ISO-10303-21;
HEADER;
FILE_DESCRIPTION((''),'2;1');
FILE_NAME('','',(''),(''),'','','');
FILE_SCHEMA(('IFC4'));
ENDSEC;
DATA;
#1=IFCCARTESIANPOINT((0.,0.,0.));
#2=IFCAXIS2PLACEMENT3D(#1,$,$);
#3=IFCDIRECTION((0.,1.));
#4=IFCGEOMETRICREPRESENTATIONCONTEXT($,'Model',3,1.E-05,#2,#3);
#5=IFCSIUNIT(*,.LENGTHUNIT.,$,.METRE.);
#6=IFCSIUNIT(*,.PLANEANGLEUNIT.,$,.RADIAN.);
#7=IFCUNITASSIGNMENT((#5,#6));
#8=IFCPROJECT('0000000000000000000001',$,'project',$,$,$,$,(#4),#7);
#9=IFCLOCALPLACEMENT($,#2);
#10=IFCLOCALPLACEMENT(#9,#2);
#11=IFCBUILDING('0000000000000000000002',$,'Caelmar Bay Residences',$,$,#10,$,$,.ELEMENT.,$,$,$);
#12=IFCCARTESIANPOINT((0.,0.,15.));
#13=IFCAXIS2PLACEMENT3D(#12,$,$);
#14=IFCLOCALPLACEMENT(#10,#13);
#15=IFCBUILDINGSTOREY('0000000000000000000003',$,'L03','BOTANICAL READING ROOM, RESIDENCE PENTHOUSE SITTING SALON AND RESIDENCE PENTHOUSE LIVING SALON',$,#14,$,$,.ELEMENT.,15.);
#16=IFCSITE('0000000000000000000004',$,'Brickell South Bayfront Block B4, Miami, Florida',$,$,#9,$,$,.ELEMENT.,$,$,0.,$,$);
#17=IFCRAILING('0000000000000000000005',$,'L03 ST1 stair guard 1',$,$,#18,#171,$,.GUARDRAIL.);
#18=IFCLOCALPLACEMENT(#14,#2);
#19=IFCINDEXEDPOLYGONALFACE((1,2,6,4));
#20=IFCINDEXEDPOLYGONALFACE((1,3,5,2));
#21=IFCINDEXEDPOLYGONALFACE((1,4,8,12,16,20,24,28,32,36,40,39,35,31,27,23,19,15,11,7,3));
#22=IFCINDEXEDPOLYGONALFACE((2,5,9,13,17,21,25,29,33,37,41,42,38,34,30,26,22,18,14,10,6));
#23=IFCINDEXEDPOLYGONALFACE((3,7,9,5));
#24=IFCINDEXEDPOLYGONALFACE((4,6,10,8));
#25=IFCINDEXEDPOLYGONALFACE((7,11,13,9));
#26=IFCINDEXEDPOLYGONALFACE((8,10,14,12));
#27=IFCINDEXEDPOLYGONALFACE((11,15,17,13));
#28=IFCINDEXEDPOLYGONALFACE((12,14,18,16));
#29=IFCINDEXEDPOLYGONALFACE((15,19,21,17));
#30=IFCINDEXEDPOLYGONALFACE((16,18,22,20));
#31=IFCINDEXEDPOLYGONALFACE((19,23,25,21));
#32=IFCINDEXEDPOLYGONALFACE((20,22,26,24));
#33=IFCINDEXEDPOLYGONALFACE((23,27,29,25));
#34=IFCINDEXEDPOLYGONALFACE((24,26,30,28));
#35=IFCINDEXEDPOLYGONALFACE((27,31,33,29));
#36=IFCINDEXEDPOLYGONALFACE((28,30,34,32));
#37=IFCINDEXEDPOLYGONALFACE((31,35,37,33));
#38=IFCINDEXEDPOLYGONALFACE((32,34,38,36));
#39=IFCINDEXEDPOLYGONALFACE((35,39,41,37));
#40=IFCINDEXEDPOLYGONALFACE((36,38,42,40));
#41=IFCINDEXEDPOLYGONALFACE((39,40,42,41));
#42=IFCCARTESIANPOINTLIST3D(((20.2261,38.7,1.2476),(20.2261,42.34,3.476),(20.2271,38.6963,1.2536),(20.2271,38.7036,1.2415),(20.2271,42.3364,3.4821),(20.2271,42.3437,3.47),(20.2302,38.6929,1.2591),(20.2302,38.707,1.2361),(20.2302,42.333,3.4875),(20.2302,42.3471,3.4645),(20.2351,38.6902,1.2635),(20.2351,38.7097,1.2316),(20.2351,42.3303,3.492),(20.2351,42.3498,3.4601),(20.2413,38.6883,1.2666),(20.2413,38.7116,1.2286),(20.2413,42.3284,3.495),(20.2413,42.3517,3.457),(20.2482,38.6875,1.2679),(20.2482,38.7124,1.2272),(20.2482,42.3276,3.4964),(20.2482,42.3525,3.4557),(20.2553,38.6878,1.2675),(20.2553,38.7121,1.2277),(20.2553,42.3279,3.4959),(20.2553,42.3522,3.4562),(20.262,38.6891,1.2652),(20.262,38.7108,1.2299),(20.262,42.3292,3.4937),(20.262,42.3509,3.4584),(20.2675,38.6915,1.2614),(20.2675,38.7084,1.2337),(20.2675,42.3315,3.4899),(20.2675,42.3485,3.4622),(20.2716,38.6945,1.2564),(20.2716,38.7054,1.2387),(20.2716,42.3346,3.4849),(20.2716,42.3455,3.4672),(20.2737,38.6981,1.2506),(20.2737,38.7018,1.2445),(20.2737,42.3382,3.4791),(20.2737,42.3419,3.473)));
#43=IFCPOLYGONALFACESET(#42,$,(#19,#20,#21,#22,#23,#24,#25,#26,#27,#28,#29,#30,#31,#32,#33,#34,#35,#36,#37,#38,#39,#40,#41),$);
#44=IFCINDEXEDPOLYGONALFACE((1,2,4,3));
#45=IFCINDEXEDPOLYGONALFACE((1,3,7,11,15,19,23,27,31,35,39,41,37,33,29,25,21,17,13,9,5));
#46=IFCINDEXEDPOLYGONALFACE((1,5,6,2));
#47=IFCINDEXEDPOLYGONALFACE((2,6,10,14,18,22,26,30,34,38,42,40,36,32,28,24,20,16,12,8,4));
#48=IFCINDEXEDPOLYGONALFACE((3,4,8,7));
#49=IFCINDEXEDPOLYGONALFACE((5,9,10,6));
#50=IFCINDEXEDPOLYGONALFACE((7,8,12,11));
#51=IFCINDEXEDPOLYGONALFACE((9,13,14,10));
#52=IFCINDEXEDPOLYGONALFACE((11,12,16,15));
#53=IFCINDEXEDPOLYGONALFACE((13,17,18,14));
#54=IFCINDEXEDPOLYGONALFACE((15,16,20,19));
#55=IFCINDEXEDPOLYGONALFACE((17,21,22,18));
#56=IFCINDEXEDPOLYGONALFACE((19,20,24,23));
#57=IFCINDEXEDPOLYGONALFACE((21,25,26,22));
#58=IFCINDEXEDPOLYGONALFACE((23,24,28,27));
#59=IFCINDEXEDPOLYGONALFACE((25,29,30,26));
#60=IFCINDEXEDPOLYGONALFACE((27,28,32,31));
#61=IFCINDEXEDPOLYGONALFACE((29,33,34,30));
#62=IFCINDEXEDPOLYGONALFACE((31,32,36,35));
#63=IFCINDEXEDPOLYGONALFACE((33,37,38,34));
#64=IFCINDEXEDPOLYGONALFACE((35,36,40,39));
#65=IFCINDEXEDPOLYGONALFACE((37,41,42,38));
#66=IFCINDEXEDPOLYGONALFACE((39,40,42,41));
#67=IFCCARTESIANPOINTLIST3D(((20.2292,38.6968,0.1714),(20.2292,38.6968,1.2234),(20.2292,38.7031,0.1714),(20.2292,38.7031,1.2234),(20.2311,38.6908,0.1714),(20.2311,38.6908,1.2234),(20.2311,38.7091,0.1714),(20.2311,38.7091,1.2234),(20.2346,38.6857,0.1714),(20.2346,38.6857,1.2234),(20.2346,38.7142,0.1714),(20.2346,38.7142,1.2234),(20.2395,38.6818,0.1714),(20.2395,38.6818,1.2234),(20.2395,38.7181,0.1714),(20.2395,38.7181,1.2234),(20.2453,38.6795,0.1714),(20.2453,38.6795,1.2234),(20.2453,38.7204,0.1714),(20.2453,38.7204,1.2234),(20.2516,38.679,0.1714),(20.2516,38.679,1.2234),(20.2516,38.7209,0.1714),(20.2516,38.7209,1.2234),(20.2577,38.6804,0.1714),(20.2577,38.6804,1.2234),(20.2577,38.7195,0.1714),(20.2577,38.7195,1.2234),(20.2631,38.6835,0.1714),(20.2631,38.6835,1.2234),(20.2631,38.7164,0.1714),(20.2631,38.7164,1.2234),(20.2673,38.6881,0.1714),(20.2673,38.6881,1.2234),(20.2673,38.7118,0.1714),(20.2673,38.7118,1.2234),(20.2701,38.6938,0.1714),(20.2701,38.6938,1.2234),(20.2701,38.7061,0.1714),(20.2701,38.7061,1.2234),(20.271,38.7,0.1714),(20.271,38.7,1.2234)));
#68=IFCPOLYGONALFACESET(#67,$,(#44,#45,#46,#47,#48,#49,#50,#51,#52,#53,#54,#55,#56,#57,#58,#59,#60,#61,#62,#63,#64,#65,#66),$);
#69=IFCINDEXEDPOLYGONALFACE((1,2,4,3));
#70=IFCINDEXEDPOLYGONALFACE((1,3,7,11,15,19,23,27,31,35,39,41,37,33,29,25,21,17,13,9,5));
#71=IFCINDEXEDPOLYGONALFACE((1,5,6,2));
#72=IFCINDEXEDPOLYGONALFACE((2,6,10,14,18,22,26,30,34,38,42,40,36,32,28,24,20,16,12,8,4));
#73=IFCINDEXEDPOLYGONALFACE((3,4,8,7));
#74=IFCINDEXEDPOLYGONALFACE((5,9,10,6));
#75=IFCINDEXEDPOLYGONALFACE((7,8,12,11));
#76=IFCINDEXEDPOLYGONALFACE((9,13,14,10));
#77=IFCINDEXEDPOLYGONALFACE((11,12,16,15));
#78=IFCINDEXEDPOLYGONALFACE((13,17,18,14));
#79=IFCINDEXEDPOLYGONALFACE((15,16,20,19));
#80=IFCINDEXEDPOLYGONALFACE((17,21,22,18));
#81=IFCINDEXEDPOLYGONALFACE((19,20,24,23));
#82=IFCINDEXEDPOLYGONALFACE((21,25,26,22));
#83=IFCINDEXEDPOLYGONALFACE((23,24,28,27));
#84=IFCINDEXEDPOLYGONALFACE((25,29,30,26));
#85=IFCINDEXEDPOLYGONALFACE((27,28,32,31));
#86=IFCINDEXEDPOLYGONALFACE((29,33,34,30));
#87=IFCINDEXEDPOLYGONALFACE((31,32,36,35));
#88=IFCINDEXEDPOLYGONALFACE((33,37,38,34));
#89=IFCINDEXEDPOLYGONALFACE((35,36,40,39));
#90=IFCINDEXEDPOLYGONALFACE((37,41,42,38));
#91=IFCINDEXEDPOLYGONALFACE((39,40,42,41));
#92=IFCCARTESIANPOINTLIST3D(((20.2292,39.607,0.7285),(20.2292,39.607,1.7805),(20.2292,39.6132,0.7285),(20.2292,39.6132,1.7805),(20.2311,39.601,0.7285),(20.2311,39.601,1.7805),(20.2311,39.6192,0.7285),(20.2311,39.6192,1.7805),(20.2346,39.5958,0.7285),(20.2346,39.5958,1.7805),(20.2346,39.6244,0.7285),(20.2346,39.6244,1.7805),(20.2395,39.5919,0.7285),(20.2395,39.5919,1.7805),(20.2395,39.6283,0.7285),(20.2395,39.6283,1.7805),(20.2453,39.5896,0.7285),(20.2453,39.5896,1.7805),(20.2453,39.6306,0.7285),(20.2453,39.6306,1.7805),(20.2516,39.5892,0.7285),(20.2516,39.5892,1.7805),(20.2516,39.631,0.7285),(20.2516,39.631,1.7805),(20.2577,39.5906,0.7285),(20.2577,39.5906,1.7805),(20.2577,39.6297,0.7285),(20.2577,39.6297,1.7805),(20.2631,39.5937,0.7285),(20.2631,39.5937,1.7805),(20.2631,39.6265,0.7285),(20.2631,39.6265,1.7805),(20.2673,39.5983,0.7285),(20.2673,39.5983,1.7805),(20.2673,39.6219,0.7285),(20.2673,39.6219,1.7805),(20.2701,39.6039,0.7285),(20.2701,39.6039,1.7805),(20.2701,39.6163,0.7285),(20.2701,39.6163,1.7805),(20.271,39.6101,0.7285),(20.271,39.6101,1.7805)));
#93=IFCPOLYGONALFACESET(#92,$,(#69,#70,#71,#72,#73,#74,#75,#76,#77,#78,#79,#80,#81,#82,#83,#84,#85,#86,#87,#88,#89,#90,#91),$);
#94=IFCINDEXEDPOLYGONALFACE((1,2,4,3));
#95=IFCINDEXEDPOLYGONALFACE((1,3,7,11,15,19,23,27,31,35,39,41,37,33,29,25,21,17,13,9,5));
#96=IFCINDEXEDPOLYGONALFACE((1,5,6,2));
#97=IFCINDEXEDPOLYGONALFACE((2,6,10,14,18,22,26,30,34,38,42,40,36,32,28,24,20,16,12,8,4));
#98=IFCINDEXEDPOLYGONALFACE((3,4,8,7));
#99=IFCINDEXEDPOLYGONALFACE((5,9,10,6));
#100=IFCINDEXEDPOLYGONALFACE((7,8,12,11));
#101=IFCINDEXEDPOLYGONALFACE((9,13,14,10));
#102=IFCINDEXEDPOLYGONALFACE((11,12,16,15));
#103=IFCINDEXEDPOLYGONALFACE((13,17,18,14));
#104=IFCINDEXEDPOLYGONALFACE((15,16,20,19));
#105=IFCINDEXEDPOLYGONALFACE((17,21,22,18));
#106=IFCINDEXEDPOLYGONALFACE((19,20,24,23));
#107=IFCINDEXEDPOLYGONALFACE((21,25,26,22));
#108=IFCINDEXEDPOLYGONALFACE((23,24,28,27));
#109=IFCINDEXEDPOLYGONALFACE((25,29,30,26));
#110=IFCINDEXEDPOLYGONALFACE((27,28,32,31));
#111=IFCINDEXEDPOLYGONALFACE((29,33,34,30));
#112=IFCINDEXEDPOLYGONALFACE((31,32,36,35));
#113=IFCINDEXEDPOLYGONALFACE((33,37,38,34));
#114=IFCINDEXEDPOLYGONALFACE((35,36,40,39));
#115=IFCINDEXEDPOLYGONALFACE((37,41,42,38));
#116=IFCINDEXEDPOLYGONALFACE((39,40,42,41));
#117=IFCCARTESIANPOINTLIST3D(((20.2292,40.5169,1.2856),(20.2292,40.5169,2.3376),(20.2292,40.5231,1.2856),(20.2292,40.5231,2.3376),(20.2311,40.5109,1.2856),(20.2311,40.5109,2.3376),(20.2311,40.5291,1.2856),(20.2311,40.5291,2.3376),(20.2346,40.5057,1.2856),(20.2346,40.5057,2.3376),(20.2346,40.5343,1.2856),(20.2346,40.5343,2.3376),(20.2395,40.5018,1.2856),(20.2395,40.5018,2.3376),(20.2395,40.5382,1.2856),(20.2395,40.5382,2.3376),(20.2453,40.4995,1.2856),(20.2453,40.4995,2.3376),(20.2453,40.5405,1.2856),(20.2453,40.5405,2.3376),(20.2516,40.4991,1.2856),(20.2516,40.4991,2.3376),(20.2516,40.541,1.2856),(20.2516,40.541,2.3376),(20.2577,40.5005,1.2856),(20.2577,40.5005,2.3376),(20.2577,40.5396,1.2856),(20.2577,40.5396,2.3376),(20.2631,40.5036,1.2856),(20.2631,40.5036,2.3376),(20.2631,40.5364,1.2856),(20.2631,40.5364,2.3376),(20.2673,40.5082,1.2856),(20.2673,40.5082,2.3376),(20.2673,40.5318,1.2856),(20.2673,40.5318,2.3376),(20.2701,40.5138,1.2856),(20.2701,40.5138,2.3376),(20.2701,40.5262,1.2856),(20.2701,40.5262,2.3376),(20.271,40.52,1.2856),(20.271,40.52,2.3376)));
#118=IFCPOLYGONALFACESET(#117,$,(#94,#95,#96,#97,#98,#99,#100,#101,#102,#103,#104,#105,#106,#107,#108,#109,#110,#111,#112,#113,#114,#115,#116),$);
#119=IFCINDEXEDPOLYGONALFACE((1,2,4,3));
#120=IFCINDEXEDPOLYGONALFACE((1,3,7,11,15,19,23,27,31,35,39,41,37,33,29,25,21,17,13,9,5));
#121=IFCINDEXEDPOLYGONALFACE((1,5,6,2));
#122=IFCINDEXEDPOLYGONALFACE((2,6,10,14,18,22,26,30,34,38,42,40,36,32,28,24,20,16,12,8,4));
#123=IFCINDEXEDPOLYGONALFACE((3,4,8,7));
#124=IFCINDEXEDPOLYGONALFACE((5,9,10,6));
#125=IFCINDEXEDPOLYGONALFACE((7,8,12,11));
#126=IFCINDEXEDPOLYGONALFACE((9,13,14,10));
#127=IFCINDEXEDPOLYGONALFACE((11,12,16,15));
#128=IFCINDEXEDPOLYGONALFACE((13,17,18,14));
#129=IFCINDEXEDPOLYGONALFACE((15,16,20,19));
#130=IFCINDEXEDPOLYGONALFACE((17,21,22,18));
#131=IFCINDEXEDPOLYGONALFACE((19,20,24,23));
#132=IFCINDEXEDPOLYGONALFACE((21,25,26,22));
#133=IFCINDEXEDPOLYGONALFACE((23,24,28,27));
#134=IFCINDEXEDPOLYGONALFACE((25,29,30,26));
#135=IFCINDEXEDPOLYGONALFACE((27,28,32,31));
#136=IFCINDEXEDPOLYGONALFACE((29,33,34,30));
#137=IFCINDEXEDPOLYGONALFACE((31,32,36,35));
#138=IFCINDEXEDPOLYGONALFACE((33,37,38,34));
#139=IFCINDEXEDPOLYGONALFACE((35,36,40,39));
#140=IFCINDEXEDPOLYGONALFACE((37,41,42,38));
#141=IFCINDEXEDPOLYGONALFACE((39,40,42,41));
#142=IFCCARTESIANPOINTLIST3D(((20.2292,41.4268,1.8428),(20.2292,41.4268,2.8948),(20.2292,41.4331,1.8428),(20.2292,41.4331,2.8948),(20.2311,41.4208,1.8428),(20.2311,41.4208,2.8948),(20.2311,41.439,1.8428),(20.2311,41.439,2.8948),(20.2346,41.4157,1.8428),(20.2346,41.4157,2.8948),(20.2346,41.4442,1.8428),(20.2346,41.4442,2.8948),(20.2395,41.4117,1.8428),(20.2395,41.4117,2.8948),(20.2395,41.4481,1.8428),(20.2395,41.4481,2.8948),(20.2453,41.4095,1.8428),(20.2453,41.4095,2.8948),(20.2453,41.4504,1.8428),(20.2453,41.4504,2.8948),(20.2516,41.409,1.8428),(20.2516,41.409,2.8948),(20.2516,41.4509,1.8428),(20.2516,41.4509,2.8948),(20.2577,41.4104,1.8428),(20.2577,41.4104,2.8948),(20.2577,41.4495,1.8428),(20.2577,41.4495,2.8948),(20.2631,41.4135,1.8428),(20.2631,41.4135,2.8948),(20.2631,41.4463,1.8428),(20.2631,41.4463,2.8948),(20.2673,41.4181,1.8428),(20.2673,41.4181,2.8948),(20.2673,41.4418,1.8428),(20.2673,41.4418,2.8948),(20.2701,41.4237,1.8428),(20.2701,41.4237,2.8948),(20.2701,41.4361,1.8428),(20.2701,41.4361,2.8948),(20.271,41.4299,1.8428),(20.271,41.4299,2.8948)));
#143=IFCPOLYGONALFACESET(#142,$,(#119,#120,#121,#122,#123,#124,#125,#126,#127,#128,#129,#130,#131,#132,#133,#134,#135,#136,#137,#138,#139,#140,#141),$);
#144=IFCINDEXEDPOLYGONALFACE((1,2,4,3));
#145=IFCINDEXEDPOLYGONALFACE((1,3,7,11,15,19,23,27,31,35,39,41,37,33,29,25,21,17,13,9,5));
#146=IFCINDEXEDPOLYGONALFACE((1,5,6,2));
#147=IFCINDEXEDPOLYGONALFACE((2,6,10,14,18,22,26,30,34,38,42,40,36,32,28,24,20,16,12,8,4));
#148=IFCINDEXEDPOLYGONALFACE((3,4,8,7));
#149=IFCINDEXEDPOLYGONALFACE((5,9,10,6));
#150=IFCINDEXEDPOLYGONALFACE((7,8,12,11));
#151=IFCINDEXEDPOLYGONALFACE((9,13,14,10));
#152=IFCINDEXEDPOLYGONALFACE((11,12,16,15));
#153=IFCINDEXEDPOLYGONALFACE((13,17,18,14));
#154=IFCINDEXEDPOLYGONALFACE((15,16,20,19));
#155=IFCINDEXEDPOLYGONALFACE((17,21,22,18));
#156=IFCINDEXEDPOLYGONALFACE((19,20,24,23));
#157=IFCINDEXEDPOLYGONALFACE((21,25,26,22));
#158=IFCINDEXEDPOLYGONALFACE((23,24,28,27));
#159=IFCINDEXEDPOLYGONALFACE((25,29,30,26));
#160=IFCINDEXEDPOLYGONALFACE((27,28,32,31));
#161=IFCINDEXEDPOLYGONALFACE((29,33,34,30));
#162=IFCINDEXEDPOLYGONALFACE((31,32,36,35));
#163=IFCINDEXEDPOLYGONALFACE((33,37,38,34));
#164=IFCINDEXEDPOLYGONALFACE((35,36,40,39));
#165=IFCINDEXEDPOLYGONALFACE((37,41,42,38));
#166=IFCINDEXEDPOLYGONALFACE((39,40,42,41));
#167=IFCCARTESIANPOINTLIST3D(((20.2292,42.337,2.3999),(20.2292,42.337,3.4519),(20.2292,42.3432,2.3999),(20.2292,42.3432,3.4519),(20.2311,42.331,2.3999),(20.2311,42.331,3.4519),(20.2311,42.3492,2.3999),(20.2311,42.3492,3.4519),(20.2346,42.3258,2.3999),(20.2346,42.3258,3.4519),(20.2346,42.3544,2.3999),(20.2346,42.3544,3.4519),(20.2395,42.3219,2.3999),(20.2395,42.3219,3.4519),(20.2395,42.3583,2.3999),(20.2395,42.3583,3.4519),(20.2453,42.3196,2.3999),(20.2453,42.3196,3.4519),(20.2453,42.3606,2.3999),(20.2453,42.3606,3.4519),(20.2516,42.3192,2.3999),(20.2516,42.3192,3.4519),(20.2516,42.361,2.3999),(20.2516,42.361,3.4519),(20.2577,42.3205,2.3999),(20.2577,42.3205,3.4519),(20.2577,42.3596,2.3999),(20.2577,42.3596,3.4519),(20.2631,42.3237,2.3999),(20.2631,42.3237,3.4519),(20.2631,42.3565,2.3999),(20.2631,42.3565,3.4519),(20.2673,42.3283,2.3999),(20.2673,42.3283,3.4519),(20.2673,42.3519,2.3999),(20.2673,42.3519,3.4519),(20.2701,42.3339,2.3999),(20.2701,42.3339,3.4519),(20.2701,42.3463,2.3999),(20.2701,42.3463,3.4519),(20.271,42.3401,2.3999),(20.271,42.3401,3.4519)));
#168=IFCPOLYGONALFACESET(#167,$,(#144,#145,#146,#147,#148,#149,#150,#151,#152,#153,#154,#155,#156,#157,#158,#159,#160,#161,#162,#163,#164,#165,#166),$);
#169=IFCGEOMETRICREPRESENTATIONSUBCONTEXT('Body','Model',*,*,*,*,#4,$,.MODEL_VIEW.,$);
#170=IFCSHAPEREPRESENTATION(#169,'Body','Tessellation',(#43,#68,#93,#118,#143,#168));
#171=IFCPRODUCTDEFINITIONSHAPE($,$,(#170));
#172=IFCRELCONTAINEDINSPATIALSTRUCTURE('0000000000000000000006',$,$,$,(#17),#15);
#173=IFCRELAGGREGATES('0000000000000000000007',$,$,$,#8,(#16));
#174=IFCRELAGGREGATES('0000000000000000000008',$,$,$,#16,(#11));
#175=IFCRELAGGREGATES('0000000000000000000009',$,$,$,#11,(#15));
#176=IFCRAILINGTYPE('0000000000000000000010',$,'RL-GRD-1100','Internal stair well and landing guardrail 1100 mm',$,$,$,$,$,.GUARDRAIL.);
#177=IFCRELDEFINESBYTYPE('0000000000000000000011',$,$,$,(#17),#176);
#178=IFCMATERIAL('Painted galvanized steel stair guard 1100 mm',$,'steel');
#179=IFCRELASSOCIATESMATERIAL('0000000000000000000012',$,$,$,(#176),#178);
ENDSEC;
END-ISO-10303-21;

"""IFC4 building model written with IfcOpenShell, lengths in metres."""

from ifc_helpers import new_model, si_unit, direction, frame, origin, origin_2d, place, context, subcontext, project, spatial, circle, extrude, material, type_object, element, save


model = new_model("IFC4")

# Units and contexts
model_context = context("Model", 3, precision=1e-05, world=origin(), true_north=direction((0.0, 1.0)))
body_context = subcontext(model_context, "Body", "Model", "MODEL_VIEW")
ifc_project = project(units=[si_unit("LENGTHUNIT", "METRE"), si_unit("PLANEANGLEUNIT", "RADIAN")], contexts=[model_context])

# Site, building, storey
site_placement = place(None, origin())
site = spatial("IfcSite", under=ifc_project, at=site_placement, Name="Brickell South Bayfront Block B4, Miami, Florida", CompositionType="ELEMENT", RefElevation=0.0)
building_placement = place(site_placement, origin())
building = spatial("IfcBuilding", under=site, at=building_placement, Name="Caelmar Bay Residences", CompositionType="ELEMENT")
storey_placement = place(building_placement, frame((0.0, 0.0, 15.0)))
storey = spatial("IfcBuildingStorey", under=building, at=storey_placement, Name="L03", Description="BOTANICAL READING ROOM, RESIDENCE PENTHOUSE SITTING SALON AND RESIDENCE PENTHOUSE LIVING SALON", CompositionType="ELEMENT", Elevation=15.0)

# Railing
ifc_material_1 = material(Name="Painted galvanized steel stair guard 1100 mm", Category="steel")
railing_type_1 = type_object("IfcRailingType", Name="RL-GRD-1100", Description="Internal stair well and landing guardrail 1100 mm", PredefinedType="GUARDRAIL", material=ifc_material_1)
railing_1_placement = place(storey_placement, frame((20.25, 38.7, 0.1714)))
element("IfcRailing", 1, at=railing_1_placement, inside=storey, type_object=railing_type_1, Name="L03 ST1 stair guard 1", PredefinedType="GUARDRAIL", context=body_context, shape_type="SweptSolid", body=[
    extrude(circle(Radius=0.0239, at=origin_2d()), frame((0.0, 0.0, 1.0762), z_axis=(0.0, 0.852866, 0.52213), x_axis=(-1.0, 0.0, 0.0)), (0.0, 0.0, 1.0), 4.2681),
    extrude(circle(Radius=0.021, at=origin_2d()), origin(), (0.0, 0.0, 1.0), 1.052),
    extrude(circle(Radius=0.021, at=origin_2d()), frame((0.0, 0.9102, 0.5571)), (0.0, 0.0, 1.0), 1.052),
    extrude(circle(Radius=0.021, at=origin_2d()), frame((0.0, 1.8201, 1.1143)), (0.0, 0.0, 1.0), 1.052),
    extrude(circle(Radius=0.021, at=origin_2d()), frame((0.0, 2.73, 1.6714)), (0.0, 0.0, 1.0), 1.052),
    extrude(circle(Radius=0.021, at=origin_2d()), frame((0.0, 3.6401, 2.2285)), (0.0, 0.0, 1.0), 1.052),
])

save(model, "model.ifc")
